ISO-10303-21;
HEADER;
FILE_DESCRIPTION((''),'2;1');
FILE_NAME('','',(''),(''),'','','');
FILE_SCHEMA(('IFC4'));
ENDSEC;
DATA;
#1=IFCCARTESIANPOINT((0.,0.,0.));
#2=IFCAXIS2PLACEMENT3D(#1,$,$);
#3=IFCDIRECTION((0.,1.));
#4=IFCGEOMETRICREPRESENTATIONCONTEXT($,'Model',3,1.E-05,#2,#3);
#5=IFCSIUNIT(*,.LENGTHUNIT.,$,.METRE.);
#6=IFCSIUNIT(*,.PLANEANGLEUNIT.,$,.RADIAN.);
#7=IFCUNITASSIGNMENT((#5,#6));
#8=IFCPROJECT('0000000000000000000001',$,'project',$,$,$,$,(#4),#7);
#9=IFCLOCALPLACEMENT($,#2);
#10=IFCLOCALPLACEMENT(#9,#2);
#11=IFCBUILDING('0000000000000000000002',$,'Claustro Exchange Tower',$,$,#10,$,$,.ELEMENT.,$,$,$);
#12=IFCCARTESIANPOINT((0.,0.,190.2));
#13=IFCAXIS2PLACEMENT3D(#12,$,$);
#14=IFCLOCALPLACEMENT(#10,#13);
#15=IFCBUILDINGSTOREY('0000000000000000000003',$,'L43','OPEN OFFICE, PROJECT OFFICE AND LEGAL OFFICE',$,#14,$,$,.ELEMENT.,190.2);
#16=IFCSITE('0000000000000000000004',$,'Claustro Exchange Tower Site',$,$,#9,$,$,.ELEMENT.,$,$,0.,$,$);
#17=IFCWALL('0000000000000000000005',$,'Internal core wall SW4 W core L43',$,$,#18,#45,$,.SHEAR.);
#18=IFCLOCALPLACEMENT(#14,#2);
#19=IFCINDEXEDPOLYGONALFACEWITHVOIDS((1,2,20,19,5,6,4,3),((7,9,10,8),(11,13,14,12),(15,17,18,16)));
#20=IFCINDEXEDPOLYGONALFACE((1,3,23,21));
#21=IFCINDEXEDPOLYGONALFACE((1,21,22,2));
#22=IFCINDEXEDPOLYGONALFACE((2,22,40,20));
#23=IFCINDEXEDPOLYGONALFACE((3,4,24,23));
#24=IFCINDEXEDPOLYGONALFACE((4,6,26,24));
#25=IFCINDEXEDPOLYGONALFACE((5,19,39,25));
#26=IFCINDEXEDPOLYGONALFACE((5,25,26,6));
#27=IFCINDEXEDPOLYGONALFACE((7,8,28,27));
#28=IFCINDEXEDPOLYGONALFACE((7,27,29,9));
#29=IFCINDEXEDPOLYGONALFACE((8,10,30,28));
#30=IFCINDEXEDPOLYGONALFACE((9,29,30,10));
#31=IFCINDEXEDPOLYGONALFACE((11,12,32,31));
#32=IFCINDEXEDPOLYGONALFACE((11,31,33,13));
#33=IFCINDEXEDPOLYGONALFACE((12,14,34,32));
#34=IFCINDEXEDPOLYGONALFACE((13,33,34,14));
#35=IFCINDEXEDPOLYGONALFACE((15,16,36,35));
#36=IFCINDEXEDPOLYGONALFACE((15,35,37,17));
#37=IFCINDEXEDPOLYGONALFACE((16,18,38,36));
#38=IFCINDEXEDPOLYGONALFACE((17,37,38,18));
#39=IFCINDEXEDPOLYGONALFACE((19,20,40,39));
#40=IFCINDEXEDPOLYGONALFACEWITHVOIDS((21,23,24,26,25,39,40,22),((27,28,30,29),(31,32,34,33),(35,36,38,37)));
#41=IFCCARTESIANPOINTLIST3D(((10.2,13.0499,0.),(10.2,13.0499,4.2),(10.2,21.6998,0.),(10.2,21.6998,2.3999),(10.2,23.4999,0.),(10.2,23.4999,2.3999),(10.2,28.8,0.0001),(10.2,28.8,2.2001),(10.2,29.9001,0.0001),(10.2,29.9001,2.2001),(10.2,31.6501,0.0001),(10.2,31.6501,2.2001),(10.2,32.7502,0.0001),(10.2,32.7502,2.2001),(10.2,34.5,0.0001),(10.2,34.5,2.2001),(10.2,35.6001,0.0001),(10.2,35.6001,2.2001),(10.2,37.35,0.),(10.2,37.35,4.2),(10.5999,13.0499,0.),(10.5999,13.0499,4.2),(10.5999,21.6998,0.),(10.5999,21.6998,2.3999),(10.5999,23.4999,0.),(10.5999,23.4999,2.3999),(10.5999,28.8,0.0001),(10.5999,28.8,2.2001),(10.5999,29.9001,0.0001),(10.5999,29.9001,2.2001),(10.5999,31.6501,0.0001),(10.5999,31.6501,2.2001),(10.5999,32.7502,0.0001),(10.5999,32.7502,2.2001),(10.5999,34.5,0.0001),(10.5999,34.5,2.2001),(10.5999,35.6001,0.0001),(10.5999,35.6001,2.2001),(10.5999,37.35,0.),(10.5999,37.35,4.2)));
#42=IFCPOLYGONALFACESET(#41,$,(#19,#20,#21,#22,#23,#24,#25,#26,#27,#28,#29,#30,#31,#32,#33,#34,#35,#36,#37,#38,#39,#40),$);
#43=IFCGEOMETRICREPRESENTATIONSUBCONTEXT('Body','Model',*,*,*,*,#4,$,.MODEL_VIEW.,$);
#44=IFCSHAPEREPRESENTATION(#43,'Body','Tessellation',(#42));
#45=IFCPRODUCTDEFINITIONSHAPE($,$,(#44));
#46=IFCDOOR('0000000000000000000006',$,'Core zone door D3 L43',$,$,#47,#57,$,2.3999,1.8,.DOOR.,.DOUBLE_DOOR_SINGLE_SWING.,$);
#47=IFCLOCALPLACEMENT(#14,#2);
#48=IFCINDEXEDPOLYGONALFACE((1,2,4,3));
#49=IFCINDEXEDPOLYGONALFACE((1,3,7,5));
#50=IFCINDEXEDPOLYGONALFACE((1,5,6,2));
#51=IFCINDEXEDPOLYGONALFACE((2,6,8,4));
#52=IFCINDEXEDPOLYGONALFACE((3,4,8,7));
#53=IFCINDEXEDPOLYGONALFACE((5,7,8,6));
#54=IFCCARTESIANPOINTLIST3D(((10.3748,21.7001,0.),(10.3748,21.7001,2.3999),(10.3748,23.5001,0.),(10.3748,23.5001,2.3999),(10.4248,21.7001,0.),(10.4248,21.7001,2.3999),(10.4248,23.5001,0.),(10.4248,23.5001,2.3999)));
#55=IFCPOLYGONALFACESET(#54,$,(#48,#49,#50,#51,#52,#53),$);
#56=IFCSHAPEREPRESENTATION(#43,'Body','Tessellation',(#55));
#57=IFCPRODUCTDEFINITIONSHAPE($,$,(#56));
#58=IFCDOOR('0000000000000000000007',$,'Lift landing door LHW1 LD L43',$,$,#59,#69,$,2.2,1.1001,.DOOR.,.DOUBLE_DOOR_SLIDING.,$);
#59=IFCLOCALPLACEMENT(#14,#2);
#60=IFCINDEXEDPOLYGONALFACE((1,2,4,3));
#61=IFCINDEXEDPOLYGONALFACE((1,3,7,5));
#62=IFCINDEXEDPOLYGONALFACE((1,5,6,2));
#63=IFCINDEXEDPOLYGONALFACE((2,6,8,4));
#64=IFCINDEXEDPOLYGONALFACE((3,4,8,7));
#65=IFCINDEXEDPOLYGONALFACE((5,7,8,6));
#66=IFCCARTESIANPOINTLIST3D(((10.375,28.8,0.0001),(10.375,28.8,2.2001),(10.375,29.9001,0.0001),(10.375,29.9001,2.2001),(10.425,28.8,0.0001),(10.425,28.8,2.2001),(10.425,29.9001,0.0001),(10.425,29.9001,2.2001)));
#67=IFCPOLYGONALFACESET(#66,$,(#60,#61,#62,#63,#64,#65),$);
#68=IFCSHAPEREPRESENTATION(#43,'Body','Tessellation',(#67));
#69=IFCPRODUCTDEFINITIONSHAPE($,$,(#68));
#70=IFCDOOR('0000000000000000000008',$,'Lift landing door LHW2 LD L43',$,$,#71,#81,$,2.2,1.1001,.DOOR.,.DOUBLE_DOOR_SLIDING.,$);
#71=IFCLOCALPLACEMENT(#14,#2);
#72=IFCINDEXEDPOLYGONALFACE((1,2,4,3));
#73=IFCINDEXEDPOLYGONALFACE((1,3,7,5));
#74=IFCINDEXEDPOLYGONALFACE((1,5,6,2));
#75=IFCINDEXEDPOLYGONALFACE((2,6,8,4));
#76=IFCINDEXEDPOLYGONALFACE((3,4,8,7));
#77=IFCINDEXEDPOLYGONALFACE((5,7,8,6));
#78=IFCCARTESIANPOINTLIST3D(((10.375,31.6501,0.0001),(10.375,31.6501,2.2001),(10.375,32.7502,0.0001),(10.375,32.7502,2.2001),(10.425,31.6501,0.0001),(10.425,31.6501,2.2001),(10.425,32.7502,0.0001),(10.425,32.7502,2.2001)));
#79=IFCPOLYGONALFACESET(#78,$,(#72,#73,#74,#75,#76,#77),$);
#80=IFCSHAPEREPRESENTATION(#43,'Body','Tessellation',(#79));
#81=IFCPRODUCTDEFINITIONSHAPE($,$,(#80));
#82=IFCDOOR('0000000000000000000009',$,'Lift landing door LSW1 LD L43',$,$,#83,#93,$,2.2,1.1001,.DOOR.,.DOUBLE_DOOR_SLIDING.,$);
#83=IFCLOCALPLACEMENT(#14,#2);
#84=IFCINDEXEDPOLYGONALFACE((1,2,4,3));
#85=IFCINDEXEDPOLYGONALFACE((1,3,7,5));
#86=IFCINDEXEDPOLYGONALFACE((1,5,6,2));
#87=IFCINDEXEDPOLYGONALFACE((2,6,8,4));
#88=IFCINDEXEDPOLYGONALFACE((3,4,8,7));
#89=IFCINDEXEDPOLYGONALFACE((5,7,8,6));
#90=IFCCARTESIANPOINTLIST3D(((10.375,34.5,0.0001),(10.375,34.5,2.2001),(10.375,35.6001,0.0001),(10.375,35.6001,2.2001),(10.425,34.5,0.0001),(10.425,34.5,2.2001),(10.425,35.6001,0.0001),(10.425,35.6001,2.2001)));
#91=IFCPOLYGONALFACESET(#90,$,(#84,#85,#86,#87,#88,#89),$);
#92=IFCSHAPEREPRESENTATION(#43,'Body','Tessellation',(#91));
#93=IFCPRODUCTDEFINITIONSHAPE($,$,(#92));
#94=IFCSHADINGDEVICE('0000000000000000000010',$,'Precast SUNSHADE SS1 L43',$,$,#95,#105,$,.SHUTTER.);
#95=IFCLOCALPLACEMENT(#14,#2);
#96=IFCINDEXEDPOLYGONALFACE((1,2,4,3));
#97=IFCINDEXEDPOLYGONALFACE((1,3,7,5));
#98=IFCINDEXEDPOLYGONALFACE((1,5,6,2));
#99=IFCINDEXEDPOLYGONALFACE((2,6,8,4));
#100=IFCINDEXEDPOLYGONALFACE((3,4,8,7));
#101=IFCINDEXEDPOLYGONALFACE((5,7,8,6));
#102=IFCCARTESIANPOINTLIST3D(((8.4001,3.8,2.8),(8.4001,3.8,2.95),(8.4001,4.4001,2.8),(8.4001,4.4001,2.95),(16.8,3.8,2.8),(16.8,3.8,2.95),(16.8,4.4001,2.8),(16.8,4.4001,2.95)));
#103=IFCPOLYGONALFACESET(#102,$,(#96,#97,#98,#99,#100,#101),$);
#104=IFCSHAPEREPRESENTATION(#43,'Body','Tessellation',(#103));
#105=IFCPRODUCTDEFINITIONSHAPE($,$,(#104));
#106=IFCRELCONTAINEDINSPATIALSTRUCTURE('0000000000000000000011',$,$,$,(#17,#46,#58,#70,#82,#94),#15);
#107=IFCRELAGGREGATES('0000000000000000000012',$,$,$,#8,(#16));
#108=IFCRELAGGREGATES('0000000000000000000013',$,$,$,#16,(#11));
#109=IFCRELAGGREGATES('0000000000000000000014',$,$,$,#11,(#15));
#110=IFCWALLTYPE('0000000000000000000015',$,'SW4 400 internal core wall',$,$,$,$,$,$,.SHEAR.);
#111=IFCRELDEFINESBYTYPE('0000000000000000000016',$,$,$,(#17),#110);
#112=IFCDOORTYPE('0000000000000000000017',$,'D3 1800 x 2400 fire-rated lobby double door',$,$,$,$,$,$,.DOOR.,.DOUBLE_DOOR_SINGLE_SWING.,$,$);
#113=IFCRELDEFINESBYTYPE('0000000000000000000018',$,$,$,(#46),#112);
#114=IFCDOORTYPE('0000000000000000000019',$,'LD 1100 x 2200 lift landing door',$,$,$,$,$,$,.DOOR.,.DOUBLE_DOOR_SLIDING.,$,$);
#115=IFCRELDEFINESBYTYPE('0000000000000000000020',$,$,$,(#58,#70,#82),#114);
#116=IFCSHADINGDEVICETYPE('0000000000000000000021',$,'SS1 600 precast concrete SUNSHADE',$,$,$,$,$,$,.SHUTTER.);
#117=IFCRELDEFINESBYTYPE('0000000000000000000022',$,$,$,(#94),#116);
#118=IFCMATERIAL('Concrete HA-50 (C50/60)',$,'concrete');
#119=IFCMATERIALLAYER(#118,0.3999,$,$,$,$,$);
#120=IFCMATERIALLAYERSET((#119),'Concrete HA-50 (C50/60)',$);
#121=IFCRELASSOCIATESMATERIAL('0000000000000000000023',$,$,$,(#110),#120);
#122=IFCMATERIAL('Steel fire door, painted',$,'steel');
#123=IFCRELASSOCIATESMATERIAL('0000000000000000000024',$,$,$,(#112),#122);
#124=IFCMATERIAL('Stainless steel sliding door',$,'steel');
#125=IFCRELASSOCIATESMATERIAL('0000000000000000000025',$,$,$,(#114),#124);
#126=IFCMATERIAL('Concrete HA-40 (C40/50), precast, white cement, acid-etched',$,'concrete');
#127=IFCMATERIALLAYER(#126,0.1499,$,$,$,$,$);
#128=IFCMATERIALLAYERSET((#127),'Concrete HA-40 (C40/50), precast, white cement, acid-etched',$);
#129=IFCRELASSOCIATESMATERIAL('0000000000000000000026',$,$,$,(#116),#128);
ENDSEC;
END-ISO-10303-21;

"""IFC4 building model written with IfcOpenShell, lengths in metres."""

from ifc_helpers import new_model, si_unit, direction, frame, frame_2d, origin, origin_2d, place, context, subcontext, project, spatial, rectangle, extrude, material, layer, layer_set, type_object, element, fill, save


model = new_model("IFC4")

# Units and contexts
model_context = context("Model", 3, precision=1e-05, world=origin(), true_north=direction((0.0, 1.0)))
body_context = subcontext(model_context, "Body", "Model", "MODEL_VIEW")
ifc_project = project(units=[si_unit("LENGTHUNIT", "METRE"), si_unit("PLANEANGLEUNIT", "RADIAN")], contexts=[model_context])

# Site, building, storey
site_placement = place(None, origin())
site = spatial("IfcSite", under=ifc_project, at=site_placement, Name="Claustro Exchange Tower Site", CompositionType="ELEMENT", RefElevation=0.0)
building_placement = place(site_placement, origin())
building = spatial("IfcBuilding", under=site, at=building_placement, Name="Claustro Exchange Tower", CompositionType="ELEMENT")
storey_placement = place(building_placement, frame((0.0, 0.0, 190.2)))
storey = spatial("IfcBuildingStorey", under=building, at=storey_placement, Name="L43", Description="OPEN OFFICE, PROJECT OFFICE AND LEGAL OFFICE", CompositionType="ELEMENT", Elevation=190.2)

# Wall, openings, doors
ifc_material_1 = material(Name="Concrete HA-50 (C50/60)", Category="concrete")
ifc_layer_1 = layer(ifc_material_1, 0.3999)
ifc_layer_set_1 = layer_set([ifc_layer_1], Name="Concrete HA-50 (C50/60)")
wall_type_1 = type_object("IfcWallType", Name="SW4 400 internal core wall", PredefinedType="SHEAR", material=ifc_layer_set_1)
wall_1_placement = place(storey_placement, frame((10.3999, 13.05, 0.0), z_axis=(0.0, 0.0, 1.0), x_axis=(0.0, 1.0, 0.0)))
wall_1 = element("IfcWall", 1, at=wall_1_placement, inside=storey, type_object=wall_type_1, Name="Internal core wall SW4 W core L43", PredefinedType="SHEAR", context=body_context, shape_type="SweptSolid", body=[
    extrude(rectangle(XDim=24.3, YDim=0.3999, at=frame_2d((12.1499, 0.0))), origin(), (0.0, 0.0, 1.0), 4.2),
])
opening_1_placement = place(wall_1_placement, frame((15.75, 0.0, 0.0)))
opening_1 = element("IfcOpeningElement", 2, at=opening_1_placement, cuts=wall_1, PredefinedType="OPENING", context=body_context, shape_type="SweptSolid", body=[
    extrude(rectangle(XDim=1.1001, YDim=2.2, at=frame_2d((0.55, 1.1001))), frame((0.0, 0.21, 0.0), z_axis=(0.0, -1.0, 0.0), x_axis=(1.0, 0.0, 0.0)), (0.0, 0.0, 1.0), 0.4199),
])
opening_2_placement = place(wall_1_placement, frame((18.6001, 0.0, 0.0)))
opening_2 = element("IfcOpeningElement", 3, at=opening_2_placement, cuts=wall_1, PredefinedType="OPENING", context=body_context, shape_type="SweptSolid", body=[
    extrude(rectangle(XDim=1.1001, YDim=2.2, at=frame_2d((0.55, 1.1001))), frame((0.0, 0.21, 0.0), z_axis=(0.0, -1.0, 0.0), x_axis=(1.0, 0.0, 0.0)), (0.0, 0.0, 1.0), 0.4199),
])
opening_3_placement = place(wall_1_placement, frame((21.45, 0.0, 0.0)))
opening_3 = element("IfcOpeningElement", 4, at=opening_3_placement, cuts=wall_1, PredefinedType="OPENING", context=body_context, shape_type="SweptSolid", body=[
    extrude(rectangle(XDim=1.1001, YDim=2.2, at=frame_2d((0.55, 1.1001))), frame((0.0, 0.21, 0.0), z_axis=(0.0, -1.0, 0.0), x_axis=(1.0, 0.0, 0.0)), (0.0, 0.0, 1.0), 0.4199),
])
opening_4_placement = place(wall_1_placement, frame((8.6499, 0.0, 0.0)))
opening_4 = element("IfcOpeningElement", 5, at=opening_4_placement, cuts=wall_1, PredefinedType="OPENING", context=body_context, shape_type="SweptSolid", body=[
    extrude(rectangle(XDim=1.8, YDim=2.3999, at=frame_2d((0.8999, 1.2))), frame((0.0, 0.21, 0.0), z_axis=(0.0, -1.0, 0.0), x_axis=(1.0, 0.0, 0.0)), (0.0, 0.0, 1.0), 0.4199),
])
ifc_material_2 = material(Name="Steel fire door, painted", Category="steel")
door_type_1 = type_object("IfcDoorType", Name="D3 1800 x 2400 fire-rated lobby double door", OperationType="DOUBLE_DOOR_SINGLE_SWING", PredefinedType="DOOR", material=ifc_material_2)
door_1_placement = place(opening_4_placement, frame((1.8, 0.0, 0.0), z_axis=(0.0, 0.0, 1.0), x_axis=(-1.0, 0.0, 0.0)))
door_1 = element("IfcDoor", 6, at=door_1_placement, inside=storey, type_object=door_type_1, Name="Core zone door D3 L43", OperationType="DOUBLE_DOOR_SINGLE_SWING", OverallHeight=2.3999, OverallWidth=1.8, PredefinedType="DOOR", context=body_context, shape_type="SweptSolid", body=[
    extrude(rectangle(XDim=1.8, YDim=2.3999, at=frame_2d((0.8999, 1.2))), frame((0.0, 0.0249, 0.0), z_axis=(0.0, -1.0, 0.0), x_axis=(1.0, 0.0, 0.0)), (0.0, 0.0, 1.0), 0.05),
])
fill(opening_4, door_1)
ifc_material_3 = material(Name="Stainless steel sliding door", Category="steel")
door_type_2 = type_object("IfcDoorType", Name="LD 1100 x 2200 lift landing door", OperationType="DOUBLE_DOOR_SLIDING", PredefinedType="DOOR", material=ifc_material_3)
door_2_placement = place(opening_1_placement, origin())
door_2 = element("IfcDoor", 7, at=door_2_placement, inside=storey, type_object=door_type_2, Name="Lift landing door LHW1 LD L43", OperationType="DOUBLE_DOOR_SLIDING", OverallHeight=2.2, OverallWidth=1.1001, PredefinedType="DOOR", context=body_context, shape_type="SweptSolid", body=[
    extrude(rectangle(XDim=1.1001, YDim=2.2, at=frame_2d((0.55, 1.1001))), frame((0.0, 0.0249, 0.0), z_axis=(0.0, -1.0, 0.0), x_axis=(1.0, 0.0, 0.0)), (0.0, 0.0, 1.0), 0.05),
])
fill(opening_1, door_2)
door_3_placement = place(opening_2_placement, origin())
door_3 = element("IfcDoor", 8, at=door_3_placement, inside=storey, type_object=door_type_2, Name="Lift landing door LHW2 LD L43", OperationType="DOUBLE_DOOR_SLIDING", OverallHeight=2.2, OverallWidth=1.1001, PredefinedType="DOOR", context=body_context, shape_type="SweptSolid", body=[
    extrude(rectangle(XDim=1.1001, YDim=2.2, at=frame_2d((0.55, 1.1001))), frame((0.0, 0.0249, 0.0), z_axis=(0.0, -1.0, 0.0), x_axis=(1.0, 0.0, 0.0)), (0.0, 0.0, 1.0), 0.05),
])
fill(opening_2, door_3)
door_4_placement = place(opening_3_placement, origin())
door_4 = element("IfcDoor", 9, at=door_4_placement, inside=storey, type_object=door_type_2, Name="Lift landing door LSW1 LD L43", OperationType="DOUBLE_DOOR_SLIDING", OverallHeight=2.2, OverallWidth=1.1001, PredefinedType="DOOR", context=body_context, shape_type="SweptSolid", body=[
    extrude(rectangle(XDim=1.1001, YDim=2.2, at=frame_2d((0.55, 1.1001))), frame((0.0, 0.0249, 0.0), z_axis=(0.0, -1.0, 0.0), x_axis=(1.0, 0.0, 0.0)), (0.0, 0.0, 1.0), 0.05),
])
fill(opening_3, door_4)

# Shading device
ifc_material_4 = material(Name="Concrete HA-40 (C40/50), precast, white cement, acid-etched", Category="concrete")
ifc_layer_2 = layer(ifc_material_4, 0.1499)
ifc_layer_set_2 = layer_set([ifc_layer_2], Name="Concrete HA-40 (C40/50), precast, white cement, acid-etched")
shading_device_type = type_object("IfcShadingDeviceType", Name="SS1 600 precast concrete SUNSHADE", PredefinedType="SHUTTER", material=ifc_layer_set_2)
shading_device_placement = place(storey_placement, frame((12.6001, 4.1001, 2.8), z_axis=(0.0, 0.0, 1.0), x_axis=(-1.0, 0.0, 0.0)))
element("IfcShadingDevice", 10, at=shading_device_placement, inside=storey, type_object=shading_device_type, Name="Precast SUNSHADE SS1 L43", PredefinedType="SHUTTER", context=body_context, shape_type="SweptSolid", body=[
    extrude(rectangle(XDim=8.3999, YDim=0.6001, at=origin_2d()), origin(), (0.0, 0.0, 1.0), 0.1499),
])

save(model, "model.ifc")
